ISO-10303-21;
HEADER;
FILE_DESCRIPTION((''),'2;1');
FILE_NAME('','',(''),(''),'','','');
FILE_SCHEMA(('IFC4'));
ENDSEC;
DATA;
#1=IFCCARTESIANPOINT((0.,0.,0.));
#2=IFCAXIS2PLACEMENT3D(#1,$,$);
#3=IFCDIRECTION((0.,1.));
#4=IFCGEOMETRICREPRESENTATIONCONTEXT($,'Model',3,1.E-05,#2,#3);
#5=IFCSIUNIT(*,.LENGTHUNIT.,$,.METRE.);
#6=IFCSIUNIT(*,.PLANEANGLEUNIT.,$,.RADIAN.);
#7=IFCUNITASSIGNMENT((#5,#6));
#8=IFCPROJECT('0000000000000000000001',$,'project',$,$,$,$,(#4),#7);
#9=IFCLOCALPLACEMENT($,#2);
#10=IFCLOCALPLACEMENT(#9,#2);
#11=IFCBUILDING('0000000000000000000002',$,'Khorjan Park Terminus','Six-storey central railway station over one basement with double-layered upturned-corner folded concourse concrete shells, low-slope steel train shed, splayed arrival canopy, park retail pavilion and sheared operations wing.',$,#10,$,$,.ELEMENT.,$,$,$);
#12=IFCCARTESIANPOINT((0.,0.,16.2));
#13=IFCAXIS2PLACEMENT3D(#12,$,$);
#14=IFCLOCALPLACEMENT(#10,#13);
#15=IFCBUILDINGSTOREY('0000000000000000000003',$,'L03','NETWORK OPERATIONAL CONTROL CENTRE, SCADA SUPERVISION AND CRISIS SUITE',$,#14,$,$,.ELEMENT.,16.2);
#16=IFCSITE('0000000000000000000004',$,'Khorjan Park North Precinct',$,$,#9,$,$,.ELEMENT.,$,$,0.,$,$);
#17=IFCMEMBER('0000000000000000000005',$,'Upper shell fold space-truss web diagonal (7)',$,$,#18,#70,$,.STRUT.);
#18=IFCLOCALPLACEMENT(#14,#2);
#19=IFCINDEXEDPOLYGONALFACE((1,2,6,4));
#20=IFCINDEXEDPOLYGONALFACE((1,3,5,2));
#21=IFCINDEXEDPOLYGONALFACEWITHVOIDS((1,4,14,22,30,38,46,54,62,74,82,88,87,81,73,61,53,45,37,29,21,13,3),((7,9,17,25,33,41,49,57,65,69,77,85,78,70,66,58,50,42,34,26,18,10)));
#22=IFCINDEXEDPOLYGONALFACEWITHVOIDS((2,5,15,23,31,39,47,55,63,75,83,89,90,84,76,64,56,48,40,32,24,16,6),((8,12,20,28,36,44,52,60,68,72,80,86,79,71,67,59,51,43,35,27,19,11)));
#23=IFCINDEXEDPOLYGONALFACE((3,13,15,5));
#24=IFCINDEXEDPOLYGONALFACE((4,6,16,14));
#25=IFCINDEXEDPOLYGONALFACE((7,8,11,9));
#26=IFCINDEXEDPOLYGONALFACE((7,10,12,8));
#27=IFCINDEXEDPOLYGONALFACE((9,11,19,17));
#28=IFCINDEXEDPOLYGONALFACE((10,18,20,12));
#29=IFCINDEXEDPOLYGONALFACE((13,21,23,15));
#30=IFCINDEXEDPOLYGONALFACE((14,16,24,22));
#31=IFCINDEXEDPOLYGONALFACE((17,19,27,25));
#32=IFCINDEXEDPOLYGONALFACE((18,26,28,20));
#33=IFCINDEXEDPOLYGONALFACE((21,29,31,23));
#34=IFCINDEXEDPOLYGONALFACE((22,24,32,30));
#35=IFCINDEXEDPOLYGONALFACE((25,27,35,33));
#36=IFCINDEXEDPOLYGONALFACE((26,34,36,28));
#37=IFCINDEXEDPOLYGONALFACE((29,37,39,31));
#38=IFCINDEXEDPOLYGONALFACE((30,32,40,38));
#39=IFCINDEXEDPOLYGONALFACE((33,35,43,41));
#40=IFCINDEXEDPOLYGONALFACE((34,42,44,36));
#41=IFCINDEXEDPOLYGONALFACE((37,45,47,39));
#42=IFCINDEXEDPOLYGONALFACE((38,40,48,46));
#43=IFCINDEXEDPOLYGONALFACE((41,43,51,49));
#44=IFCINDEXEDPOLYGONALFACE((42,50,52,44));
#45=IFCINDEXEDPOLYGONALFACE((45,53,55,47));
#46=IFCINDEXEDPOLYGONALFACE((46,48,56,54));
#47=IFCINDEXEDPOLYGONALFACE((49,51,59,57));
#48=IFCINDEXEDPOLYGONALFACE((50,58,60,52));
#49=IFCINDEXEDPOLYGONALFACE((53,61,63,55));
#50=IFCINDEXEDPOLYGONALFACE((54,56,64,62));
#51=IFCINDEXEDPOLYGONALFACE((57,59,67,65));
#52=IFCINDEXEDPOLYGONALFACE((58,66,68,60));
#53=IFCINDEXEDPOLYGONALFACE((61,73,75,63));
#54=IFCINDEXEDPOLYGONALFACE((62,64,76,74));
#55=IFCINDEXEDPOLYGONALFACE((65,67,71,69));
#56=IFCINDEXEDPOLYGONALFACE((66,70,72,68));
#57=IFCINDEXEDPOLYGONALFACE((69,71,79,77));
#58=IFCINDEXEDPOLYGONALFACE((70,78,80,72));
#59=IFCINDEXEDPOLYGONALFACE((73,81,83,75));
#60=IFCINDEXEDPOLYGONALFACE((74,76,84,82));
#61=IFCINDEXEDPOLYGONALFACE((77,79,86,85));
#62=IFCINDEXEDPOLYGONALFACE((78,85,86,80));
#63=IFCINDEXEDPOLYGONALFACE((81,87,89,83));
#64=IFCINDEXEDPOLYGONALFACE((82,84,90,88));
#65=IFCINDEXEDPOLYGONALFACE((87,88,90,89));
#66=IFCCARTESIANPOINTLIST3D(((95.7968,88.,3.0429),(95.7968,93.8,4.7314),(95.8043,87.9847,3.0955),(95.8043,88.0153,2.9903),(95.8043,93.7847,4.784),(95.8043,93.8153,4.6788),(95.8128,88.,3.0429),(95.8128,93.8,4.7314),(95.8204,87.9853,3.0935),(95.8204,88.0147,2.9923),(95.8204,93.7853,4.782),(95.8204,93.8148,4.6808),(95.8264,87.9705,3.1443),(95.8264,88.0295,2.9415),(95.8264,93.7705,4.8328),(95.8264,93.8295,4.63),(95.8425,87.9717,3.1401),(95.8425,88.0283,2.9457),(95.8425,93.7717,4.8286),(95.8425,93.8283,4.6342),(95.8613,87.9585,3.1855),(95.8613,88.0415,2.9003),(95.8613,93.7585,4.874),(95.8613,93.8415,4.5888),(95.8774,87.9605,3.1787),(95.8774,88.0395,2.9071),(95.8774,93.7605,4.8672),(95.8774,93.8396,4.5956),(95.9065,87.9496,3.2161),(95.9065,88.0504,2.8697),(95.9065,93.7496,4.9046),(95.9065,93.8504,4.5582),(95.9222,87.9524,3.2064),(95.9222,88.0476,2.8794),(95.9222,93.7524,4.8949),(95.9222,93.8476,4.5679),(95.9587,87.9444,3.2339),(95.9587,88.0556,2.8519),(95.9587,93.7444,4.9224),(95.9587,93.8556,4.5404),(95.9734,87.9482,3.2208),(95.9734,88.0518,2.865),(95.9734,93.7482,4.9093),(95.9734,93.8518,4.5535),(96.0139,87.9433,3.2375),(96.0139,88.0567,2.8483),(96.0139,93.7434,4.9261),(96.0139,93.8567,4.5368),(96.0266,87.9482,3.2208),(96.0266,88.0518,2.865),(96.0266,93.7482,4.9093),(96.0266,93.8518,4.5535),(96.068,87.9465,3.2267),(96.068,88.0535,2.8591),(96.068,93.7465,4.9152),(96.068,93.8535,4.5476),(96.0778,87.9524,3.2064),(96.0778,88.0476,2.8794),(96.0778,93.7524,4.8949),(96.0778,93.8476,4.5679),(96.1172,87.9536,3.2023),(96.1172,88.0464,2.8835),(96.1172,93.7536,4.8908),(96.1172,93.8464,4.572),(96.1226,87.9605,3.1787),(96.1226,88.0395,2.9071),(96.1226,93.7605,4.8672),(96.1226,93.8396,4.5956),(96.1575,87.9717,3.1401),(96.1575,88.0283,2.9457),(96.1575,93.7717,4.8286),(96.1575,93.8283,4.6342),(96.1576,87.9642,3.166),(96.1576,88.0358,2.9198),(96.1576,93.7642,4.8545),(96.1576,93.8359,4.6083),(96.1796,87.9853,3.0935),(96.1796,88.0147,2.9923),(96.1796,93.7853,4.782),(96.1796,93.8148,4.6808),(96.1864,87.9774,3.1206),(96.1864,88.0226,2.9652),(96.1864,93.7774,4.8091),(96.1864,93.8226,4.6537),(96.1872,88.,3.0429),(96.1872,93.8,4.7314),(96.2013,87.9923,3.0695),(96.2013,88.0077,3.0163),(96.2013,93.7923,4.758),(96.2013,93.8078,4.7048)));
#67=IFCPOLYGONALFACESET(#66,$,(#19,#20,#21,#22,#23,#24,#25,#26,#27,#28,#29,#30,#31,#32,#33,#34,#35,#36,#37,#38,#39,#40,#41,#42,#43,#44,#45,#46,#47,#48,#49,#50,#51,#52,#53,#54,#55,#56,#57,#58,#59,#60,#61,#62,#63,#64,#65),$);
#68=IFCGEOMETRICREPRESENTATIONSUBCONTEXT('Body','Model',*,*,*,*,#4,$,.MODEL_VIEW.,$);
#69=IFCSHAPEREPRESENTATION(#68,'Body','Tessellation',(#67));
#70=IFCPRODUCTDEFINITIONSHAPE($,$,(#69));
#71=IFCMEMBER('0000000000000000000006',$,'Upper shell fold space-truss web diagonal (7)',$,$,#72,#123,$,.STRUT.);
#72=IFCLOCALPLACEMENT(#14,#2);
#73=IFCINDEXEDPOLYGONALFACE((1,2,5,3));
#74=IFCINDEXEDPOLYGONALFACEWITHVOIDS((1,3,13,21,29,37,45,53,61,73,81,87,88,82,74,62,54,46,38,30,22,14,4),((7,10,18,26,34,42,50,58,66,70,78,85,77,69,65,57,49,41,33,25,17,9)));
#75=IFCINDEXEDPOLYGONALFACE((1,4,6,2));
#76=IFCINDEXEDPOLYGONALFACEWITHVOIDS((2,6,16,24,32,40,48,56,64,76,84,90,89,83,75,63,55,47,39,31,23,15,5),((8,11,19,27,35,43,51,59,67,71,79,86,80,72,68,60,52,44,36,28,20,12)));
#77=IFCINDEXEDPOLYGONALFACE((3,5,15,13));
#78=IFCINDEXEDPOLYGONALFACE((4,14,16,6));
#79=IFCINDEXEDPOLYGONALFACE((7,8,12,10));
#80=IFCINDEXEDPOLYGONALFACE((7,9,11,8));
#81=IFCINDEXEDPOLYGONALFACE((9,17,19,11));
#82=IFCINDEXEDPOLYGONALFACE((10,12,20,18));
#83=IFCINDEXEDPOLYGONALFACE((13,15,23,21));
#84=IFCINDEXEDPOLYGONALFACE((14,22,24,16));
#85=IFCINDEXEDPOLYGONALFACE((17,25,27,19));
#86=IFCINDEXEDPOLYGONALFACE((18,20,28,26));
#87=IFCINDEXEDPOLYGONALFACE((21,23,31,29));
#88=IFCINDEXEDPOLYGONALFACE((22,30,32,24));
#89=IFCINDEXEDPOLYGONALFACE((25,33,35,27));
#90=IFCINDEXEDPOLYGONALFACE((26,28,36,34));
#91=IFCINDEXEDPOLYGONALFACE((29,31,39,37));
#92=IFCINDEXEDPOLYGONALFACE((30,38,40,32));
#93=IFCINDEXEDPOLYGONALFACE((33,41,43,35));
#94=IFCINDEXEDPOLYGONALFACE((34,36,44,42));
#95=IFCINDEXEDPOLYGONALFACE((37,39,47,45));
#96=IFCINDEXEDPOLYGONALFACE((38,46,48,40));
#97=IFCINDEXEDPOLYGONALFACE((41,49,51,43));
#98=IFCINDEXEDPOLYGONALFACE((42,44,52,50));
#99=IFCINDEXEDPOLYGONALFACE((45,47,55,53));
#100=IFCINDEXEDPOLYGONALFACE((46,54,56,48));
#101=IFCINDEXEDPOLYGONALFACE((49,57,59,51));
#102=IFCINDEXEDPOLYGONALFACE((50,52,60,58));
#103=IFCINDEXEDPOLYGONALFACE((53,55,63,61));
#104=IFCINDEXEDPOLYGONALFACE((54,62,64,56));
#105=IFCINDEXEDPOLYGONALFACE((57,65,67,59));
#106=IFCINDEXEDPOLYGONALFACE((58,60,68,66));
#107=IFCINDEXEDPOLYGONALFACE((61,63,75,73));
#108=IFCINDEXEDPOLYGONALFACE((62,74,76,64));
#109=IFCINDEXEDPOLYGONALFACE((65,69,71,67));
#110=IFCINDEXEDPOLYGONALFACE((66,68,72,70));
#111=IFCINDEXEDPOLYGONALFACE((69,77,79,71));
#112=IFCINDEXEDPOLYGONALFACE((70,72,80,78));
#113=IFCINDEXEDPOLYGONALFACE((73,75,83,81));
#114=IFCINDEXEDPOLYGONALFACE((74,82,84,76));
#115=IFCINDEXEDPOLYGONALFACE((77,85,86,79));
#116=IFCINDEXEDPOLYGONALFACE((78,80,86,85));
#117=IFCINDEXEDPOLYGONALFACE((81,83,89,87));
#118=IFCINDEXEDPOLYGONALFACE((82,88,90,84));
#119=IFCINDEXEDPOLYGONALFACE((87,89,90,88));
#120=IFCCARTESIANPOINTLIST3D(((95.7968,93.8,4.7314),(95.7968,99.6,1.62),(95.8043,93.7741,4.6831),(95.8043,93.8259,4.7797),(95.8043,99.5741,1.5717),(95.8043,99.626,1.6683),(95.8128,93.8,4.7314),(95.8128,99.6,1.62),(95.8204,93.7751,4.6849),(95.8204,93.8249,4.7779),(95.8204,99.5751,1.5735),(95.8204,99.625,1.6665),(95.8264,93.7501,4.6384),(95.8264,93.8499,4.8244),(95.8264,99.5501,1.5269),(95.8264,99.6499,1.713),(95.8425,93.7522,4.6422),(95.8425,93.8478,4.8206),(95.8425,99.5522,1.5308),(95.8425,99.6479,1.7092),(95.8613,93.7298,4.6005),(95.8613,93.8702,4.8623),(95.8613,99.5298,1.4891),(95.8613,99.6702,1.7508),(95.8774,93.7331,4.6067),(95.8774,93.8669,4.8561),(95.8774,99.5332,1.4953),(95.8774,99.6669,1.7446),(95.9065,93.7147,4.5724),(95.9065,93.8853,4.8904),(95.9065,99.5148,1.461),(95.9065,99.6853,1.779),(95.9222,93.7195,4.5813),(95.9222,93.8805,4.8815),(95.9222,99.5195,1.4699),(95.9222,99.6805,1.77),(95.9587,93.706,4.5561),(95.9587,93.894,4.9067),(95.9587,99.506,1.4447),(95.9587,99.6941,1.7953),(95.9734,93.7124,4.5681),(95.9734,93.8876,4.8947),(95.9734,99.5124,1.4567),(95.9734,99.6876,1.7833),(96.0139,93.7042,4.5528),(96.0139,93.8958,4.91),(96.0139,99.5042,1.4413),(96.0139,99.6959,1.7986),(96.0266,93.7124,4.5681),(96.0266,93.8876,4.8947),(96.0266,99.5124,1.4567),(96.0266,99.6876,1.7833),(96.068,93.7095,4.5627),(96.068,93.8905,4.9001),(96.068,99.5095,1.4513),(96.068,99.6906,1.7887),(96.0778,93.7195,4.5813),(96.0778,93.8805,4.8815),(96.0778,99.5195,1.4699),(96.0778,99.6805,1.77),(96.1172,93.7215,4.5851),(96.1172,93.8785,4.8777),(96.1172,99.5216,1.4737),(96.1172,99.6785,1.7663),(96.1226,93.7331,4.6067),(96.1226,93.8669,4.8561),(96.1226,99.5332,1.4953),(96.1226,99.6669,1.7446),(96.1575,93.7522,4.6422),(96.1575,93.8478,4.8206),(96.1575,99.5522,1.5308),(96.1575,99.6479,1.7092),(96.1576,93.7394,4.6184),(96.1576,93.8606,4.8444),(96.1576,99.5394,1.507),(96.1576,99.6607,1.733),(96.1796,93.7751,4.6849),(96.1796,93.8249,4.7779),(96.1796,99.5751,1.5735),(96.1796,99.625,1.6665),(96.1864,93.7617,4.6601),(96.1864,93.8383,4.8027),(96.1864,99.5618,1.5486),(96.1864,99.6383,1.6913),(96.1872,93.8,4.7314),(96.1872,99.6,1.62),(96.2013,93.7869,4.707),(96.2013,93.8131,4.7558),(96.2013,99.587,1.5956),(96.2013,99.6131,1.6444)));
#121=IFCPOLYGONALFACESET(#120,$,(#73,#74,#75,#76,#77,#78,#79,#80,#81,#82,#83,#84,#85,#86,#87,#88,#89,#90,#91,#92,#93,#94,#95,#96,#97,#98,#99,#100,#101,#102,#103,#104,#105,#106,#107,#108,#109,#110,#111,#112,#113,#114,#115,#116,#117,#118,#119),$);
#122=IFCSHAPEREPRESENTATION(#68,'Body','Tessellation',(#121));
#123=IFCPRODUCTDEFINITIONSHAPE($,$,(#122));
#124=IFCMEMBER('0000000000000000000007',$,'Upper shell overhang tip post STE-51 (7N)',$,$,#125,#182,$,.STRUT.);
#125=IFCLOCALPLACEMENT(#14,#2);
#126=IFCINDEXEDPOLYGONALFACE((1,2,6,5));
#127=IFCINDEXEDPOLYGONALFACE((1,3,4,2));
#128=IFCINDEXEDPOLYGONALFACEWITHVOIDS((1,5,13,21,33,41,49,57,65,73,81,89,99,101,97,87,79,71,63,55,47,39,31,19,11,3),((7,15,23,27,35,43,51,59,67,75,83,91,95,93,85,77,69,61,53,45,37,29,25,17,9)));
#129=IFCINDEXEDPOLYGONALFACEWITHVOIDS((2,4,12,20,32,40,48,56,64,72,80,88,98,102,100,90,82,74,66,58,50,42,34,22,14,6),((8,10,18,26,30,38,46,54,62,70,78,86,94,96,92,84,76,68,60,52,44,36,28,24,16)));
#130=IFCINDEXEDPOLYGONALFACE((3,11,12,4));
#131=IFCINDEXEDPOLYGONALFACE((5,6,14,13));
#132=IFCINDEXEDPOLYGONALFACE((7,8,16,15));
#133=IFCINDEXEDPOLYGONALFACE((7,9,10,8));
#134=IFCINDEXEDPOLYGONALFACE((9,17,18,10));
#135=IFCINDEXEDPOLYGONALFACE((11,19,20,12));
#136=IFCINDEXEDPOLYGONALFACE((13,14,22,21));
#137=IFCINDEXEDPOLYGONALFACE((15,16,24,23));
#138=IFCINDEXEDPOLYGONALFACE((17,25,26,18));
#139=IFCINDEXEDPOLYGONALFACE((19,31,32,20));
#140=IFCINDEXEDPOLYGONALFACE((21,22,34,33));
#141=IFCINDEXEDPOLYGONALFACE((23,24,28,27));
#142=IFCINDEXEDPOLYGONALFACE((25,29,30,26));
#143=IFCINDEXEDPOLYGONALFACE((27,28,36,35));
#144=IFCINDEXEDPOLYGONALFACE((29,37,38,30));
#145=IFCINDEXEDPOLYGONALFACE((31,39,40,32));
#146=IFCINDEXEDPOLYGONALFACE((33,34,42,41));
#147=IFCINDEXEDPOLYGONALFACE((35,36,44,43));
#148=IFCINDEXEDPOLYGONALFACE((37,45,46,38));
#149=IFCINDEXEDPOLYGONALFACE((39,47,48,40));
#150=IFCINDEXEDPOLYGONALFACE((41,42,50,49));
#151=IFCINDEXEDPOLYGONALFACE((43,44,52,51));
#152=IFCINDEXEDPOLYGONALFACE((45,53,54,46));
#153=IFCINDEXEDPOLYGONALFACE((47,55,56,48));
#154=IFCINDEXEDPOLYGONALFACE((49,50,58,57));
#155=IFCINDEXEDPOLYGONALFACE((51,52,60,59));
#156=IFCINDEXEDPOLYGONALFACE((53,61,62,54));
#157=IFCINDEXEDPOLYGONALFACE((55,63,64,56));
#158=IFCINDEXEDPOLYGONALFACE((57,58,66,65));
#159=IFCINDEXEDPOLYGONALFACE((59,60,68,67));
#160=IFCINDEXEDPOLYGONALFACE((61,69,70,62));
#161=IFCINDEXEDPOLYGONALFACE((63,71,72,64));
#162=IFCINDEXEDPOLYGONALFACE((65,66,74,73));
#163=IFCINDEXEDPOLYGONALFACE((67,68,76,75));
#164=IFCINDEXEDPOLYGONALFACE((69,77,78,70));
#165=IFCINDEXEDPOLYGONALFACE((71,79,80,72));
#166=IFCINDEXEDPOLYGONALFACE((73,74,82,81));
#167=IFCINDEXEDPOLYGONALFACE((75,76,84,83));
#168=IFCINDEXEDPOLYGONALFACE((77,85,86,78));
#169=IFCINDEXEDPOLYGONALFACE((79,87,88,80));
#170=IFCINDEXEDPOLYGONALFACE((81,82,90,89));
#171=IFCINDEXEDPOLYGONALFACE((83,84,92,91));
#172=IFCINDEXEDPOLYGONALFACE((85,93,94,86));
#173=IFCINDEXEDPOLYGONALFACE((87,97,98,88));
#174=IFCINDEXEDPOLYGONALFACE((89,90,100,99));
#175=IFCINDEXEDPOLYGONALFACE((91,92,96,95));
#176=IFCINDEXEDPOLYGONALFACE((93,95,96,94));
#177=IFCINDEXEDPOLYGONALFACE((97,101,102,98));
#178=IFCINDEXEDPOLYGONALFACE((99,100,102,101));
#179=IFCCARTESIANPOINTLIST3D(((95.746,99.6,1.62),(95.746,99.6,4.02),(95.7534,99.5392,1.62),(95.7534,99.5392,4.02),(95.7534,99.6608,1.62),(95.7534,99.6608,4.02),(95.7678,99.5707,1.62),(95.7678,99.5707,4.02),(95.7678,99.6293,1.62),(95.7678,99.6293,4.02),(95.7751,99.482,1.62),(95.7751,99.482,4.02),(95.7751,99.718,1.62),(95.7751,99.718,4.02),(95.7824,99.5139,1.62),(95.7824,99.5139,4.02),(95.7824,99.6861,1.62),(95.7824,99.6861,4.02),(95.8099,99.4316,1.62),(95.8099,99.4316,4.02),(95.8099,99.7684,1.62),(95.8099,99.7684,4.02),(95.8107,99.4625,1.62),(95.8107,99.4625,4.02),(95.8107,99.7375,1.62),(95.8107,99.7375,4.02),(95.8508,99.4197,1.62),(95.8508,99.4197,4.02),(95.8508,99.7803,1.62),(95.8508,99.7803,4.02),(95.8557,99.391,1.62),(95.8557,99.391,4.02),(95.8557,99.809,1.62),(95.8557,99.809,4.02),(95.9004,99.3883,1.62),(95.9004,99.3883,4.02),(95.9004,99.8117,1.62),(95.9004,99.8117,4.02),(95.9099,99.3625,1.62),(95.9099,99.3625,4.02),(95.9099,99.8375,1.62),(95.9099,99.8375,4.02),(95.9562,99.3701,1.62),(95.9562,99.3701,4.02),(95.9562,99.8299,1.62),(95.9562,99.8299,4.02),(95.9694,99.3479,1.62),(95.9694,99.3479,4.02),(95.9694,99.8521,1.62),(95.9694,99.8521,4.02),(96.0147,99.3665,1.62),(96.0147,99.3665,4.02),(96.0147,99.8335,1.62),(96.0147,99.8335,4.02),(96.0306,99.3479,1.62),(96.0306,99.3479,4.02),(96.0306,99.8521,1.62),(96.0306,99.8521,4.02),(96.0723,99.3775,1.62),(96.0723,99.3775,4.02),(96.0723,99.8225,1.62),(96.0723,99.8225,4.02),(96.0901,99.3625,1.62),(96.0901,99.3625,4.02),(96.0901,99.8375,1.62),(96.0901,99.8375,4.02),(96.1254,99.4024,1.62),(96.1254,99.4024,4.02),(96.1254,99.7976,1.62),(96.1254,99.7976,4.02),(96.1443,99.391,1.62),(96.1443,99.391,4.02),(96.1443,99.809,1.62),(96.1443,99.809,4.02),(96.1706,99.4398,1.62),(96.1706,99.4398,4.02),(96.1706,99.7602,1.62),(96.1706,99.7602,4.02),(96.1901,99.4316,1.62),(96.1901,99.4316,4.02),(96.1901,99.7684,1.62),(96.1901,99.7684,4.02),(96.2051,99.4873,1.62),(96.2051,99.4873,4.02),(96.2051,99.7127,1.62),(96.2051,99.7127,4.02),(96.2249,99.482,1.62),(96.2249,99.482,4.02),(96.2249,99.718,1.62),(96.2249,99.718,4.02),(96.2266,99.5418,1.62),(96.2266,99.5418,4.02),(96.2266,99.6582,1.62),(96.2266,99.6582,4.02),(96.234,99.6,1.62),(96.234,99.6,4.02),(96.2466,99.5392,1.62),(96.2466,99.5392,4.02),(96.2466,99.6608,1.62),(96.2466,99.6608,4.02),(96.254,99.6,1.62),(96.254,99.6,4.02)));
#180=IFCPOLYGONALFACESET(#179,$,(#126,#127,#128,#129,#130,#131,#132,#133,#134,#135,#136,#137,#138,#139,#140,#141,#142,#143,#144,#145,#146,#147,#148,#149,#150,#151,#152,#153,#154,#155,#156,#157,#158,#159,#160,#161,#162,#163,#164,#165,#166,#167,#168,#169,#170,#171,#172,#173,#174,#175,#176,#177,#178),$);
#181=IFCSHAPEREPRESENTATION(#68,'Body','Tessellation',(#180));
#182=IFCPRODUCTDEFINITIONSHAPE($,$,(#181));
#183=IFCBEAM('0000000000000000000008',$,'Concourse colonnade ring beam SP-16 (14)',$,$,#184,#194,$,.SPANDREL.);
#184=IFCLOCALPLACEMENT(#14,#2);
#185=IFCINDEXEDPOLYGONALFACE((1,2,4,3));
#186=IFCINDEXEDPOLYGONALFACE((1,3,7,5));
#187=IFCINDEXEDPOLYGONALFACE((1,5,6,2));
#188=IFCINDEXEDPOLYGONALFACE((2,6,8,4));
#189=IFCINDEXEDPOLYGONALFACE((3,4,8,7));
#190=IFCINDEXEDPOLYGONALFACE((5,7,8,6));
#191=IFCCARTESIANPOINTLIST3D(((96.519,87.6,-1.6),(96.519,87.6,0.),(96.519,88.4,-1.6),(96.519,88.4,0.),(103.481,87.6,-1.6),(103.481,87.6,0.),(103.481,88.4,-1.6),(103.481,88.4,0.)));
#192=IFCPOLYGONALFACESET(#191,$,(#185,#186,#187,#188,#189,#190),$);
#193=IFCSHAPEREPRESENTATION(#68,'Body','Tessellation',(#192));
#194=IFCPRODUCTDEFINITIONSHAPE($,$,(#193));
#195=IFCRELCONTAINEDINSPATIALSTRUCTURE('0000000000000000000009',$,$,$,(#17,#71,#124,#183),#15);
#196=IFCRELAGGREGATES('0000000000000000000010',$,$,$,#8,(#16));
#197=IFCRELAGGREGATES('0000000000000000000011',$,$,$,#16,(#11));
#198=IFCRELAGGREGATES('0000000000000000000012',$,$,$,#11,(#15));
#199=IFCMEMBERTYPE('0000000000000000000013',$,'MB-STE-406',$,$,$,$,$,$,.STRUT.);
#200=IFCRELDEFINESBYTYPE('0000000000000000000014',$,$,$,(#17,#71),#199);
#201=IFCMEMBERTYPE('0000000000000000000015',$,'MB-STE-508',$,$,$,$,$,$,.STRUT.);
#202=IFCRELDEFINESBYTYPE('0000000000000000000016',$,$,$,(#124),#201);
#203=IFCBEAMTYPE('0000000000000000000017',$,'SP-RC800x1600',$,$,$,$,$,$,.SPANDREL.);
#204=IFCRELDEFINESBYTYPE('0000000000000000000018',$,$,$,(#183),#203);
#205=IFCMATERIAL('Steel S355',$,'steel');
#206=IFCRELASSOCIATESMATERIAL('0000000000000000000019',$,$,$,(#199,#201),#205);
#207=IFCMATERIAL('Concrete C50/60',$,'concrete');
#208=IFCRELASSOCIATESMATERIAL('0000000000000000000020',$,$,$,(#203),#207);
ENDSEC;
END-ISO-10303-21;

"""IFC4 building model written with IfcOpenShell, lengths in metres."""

from ifc_helpers import new_model, si_unit, direction, frame, origin, origin_2d, place, context, subcontext, project, spatial, rectangle, hollow_circle, extrude, material, material_profile, profile_set, type_object, element, save


model = new_model("IFC4")

# Units and contexts
model_context = context("Model", 3, precision=1e-05, world=origin(), true_north=direction((0.0, 1.0)))
body_context = subcontext(model_context, "Body", "Model", "MODEL_VIEW")
ifc_project = project(units=[si_unit("LENGTHUNIT", "METRE"), si_unit("PLANEANGLEUNIT", "RADIAN")], contexts=[model_context])

# Site, building, storey
site_placement = place(None, origin())
site = spatial("IfcSite", under=ifc_project, at=site_placement, Name="Khorjan Park North Precinct", CompositionType="ELEMENT", RefElevation=0.0)
building_placement = place(site_placement, origin())
building = spatial("IfcBuilding", under=site, at=building_placement, Name="Khorjan Park Terminus", Description="Six-storey central railway station over one basement with double-layered upturned-corner folded concourse concrete shells, low-slope steel train shed, splayed arrival canopy, park retail pavilion and sheared operations wing.", CompositionType="ELEMENT")
storey_placement = place(building_placement, frame((0.0, 0.0, 16.2)))
storey = spatial("IfcBuildingStorey", under=building, at=storey_placement, Name="L03", Description="NETWORK OPERATIONAL CONTROL CENTRE, SCADA SUPERVISION AND CRISIS SUITE", CompositionType="ELEMENT", Elevation=16.2)

# Shared definitions
ifc_material_1 = material(Name="Concrete C50/60", Category="concrete")

# Members
ifc_material_2 = material(Name="Steel S355", Category="steel")
ifc_material_profile_1 = material_profile(ifc_material_2, hollow_circle(Radius=0.2032, WallThickness=0.016, at=origin_2d()), Name="CHS 406.4x16")
ifc_profile_set_1 = profile_set([ifc_material_profile_1], Name="Steel S355")
member_type_1 = type_object("IfcMemberType", Name="MB-STE-406", PredefinedType="STRUT", material=ifc_profile_set_1)
member_1_placement = place(storey_placement, frame((96.0, 88.0, 3.0429), z_axis=(0.0, 0.960141, 0.279517), x_axis=(-1.0, 0.0, 0.0)))
element("IfcMember", 1, at=member_1_placement, inside=storey, type_object=member_type_1, Name="Upper shell fold space-truss web diagonal (7)", PredefinedType="STRUT", context=body_context, shape_type="SweptSolid", body=[
    extrude(hollow_circle(Radius=0.2032, WallThickness=0.016, at=origin_2d()), origin(), (0.0, 0.0, 1.0), 6.0408),
])
member_2_placement = place(storey_placement, frame((96.0, 93.8, 4.7314), z_axis=(0.0, 0.881211, -0.472724), x_axis=(-1.0, 0.0, 0.0)))
element("IfcMember", 2, at=member_2_placement, inside=storey, type_object=member_type_1, Name="Upper shell fold space-truss web diagonal (7)", PredefinedType="STRUT", context=body_context, shape_type="SweptSolid", body=[
    extrude(hollow_circle(Radius=0.2032, WallThickness=0.016, at=origin_2d()), origin(), (0.0, 0.0, 1.0), 6.5819),
])
ifc_material_profile_2 = material_profile(ifc_material_2, hollow_circle(Radius=0.254, WallThickness=0.02, at=origin_2d()), Name="CHS 508x20")
ifc_profile_set_2 = profile_set([ifc_material_profile_2], Name="Steel S355")
member_type_2 = type_object("IfcMemberType", Name="MB-STE-508", PredefinedType="STRUT", material=ifc_profile_set_2)
member_3_placement = place(storey_placement, frame((96.0, 99.6, 1.62), z_axis=(0.0, 0.0, 1.0), x_axis=(1.0, 0.0, 0.0)))
element("IfcMember", 3, at=member_3_placement, inside=storey, type_object=member_type_2, Name="Upper shell overhang tip post STE-51 (7N)", PredefinedType="STRUT", context=body_context, shape_type="SweptSolid", body=[
    extrude(hollow_circle(Radius=0.254, WallThickness=0.02, at=origin_2d()), origin(), (0.0, 0.0, 1.0), 2.4),
])

# Beam
ifc_material_profile_3 = material_profile(ifc_material_1, rectangle(XDim=0.8, YDim=1.6, at=origin_2d()), Name="RC 800x1600")
ifc_profile_set_3 = profile_set([ifc_material_profile_3], Name="Concrete C50/60")
beam_type_1 = type_object("IfcBeamType", Name="SP-RC800x1600", PredefinedType="SPANDREL", material=ifc_profile_set_3)
beam_1_placement = place(storey_placement, frame((96.519, 88.0, -0.8), z_axis=(1.0, 0.0, 0.0), x_axis=(0.0, 1.0, 0.0)))
element("IfcBeam", 4, at=beam_1_placement, inside=storey, type_object=beam_type_1, Name="Concourse colonnade ring beam SP-16 (14)", PredefinedType="SPANDREL", context=body_context, shape_type="SweptSolid", body=[
    extrude(rectangle(XDim=0.8, YDim=1.6, at=origin_2d()), origin(), (0.0, 0.0, 1.0), 6.962),
])

save(model, "model.ifc")
